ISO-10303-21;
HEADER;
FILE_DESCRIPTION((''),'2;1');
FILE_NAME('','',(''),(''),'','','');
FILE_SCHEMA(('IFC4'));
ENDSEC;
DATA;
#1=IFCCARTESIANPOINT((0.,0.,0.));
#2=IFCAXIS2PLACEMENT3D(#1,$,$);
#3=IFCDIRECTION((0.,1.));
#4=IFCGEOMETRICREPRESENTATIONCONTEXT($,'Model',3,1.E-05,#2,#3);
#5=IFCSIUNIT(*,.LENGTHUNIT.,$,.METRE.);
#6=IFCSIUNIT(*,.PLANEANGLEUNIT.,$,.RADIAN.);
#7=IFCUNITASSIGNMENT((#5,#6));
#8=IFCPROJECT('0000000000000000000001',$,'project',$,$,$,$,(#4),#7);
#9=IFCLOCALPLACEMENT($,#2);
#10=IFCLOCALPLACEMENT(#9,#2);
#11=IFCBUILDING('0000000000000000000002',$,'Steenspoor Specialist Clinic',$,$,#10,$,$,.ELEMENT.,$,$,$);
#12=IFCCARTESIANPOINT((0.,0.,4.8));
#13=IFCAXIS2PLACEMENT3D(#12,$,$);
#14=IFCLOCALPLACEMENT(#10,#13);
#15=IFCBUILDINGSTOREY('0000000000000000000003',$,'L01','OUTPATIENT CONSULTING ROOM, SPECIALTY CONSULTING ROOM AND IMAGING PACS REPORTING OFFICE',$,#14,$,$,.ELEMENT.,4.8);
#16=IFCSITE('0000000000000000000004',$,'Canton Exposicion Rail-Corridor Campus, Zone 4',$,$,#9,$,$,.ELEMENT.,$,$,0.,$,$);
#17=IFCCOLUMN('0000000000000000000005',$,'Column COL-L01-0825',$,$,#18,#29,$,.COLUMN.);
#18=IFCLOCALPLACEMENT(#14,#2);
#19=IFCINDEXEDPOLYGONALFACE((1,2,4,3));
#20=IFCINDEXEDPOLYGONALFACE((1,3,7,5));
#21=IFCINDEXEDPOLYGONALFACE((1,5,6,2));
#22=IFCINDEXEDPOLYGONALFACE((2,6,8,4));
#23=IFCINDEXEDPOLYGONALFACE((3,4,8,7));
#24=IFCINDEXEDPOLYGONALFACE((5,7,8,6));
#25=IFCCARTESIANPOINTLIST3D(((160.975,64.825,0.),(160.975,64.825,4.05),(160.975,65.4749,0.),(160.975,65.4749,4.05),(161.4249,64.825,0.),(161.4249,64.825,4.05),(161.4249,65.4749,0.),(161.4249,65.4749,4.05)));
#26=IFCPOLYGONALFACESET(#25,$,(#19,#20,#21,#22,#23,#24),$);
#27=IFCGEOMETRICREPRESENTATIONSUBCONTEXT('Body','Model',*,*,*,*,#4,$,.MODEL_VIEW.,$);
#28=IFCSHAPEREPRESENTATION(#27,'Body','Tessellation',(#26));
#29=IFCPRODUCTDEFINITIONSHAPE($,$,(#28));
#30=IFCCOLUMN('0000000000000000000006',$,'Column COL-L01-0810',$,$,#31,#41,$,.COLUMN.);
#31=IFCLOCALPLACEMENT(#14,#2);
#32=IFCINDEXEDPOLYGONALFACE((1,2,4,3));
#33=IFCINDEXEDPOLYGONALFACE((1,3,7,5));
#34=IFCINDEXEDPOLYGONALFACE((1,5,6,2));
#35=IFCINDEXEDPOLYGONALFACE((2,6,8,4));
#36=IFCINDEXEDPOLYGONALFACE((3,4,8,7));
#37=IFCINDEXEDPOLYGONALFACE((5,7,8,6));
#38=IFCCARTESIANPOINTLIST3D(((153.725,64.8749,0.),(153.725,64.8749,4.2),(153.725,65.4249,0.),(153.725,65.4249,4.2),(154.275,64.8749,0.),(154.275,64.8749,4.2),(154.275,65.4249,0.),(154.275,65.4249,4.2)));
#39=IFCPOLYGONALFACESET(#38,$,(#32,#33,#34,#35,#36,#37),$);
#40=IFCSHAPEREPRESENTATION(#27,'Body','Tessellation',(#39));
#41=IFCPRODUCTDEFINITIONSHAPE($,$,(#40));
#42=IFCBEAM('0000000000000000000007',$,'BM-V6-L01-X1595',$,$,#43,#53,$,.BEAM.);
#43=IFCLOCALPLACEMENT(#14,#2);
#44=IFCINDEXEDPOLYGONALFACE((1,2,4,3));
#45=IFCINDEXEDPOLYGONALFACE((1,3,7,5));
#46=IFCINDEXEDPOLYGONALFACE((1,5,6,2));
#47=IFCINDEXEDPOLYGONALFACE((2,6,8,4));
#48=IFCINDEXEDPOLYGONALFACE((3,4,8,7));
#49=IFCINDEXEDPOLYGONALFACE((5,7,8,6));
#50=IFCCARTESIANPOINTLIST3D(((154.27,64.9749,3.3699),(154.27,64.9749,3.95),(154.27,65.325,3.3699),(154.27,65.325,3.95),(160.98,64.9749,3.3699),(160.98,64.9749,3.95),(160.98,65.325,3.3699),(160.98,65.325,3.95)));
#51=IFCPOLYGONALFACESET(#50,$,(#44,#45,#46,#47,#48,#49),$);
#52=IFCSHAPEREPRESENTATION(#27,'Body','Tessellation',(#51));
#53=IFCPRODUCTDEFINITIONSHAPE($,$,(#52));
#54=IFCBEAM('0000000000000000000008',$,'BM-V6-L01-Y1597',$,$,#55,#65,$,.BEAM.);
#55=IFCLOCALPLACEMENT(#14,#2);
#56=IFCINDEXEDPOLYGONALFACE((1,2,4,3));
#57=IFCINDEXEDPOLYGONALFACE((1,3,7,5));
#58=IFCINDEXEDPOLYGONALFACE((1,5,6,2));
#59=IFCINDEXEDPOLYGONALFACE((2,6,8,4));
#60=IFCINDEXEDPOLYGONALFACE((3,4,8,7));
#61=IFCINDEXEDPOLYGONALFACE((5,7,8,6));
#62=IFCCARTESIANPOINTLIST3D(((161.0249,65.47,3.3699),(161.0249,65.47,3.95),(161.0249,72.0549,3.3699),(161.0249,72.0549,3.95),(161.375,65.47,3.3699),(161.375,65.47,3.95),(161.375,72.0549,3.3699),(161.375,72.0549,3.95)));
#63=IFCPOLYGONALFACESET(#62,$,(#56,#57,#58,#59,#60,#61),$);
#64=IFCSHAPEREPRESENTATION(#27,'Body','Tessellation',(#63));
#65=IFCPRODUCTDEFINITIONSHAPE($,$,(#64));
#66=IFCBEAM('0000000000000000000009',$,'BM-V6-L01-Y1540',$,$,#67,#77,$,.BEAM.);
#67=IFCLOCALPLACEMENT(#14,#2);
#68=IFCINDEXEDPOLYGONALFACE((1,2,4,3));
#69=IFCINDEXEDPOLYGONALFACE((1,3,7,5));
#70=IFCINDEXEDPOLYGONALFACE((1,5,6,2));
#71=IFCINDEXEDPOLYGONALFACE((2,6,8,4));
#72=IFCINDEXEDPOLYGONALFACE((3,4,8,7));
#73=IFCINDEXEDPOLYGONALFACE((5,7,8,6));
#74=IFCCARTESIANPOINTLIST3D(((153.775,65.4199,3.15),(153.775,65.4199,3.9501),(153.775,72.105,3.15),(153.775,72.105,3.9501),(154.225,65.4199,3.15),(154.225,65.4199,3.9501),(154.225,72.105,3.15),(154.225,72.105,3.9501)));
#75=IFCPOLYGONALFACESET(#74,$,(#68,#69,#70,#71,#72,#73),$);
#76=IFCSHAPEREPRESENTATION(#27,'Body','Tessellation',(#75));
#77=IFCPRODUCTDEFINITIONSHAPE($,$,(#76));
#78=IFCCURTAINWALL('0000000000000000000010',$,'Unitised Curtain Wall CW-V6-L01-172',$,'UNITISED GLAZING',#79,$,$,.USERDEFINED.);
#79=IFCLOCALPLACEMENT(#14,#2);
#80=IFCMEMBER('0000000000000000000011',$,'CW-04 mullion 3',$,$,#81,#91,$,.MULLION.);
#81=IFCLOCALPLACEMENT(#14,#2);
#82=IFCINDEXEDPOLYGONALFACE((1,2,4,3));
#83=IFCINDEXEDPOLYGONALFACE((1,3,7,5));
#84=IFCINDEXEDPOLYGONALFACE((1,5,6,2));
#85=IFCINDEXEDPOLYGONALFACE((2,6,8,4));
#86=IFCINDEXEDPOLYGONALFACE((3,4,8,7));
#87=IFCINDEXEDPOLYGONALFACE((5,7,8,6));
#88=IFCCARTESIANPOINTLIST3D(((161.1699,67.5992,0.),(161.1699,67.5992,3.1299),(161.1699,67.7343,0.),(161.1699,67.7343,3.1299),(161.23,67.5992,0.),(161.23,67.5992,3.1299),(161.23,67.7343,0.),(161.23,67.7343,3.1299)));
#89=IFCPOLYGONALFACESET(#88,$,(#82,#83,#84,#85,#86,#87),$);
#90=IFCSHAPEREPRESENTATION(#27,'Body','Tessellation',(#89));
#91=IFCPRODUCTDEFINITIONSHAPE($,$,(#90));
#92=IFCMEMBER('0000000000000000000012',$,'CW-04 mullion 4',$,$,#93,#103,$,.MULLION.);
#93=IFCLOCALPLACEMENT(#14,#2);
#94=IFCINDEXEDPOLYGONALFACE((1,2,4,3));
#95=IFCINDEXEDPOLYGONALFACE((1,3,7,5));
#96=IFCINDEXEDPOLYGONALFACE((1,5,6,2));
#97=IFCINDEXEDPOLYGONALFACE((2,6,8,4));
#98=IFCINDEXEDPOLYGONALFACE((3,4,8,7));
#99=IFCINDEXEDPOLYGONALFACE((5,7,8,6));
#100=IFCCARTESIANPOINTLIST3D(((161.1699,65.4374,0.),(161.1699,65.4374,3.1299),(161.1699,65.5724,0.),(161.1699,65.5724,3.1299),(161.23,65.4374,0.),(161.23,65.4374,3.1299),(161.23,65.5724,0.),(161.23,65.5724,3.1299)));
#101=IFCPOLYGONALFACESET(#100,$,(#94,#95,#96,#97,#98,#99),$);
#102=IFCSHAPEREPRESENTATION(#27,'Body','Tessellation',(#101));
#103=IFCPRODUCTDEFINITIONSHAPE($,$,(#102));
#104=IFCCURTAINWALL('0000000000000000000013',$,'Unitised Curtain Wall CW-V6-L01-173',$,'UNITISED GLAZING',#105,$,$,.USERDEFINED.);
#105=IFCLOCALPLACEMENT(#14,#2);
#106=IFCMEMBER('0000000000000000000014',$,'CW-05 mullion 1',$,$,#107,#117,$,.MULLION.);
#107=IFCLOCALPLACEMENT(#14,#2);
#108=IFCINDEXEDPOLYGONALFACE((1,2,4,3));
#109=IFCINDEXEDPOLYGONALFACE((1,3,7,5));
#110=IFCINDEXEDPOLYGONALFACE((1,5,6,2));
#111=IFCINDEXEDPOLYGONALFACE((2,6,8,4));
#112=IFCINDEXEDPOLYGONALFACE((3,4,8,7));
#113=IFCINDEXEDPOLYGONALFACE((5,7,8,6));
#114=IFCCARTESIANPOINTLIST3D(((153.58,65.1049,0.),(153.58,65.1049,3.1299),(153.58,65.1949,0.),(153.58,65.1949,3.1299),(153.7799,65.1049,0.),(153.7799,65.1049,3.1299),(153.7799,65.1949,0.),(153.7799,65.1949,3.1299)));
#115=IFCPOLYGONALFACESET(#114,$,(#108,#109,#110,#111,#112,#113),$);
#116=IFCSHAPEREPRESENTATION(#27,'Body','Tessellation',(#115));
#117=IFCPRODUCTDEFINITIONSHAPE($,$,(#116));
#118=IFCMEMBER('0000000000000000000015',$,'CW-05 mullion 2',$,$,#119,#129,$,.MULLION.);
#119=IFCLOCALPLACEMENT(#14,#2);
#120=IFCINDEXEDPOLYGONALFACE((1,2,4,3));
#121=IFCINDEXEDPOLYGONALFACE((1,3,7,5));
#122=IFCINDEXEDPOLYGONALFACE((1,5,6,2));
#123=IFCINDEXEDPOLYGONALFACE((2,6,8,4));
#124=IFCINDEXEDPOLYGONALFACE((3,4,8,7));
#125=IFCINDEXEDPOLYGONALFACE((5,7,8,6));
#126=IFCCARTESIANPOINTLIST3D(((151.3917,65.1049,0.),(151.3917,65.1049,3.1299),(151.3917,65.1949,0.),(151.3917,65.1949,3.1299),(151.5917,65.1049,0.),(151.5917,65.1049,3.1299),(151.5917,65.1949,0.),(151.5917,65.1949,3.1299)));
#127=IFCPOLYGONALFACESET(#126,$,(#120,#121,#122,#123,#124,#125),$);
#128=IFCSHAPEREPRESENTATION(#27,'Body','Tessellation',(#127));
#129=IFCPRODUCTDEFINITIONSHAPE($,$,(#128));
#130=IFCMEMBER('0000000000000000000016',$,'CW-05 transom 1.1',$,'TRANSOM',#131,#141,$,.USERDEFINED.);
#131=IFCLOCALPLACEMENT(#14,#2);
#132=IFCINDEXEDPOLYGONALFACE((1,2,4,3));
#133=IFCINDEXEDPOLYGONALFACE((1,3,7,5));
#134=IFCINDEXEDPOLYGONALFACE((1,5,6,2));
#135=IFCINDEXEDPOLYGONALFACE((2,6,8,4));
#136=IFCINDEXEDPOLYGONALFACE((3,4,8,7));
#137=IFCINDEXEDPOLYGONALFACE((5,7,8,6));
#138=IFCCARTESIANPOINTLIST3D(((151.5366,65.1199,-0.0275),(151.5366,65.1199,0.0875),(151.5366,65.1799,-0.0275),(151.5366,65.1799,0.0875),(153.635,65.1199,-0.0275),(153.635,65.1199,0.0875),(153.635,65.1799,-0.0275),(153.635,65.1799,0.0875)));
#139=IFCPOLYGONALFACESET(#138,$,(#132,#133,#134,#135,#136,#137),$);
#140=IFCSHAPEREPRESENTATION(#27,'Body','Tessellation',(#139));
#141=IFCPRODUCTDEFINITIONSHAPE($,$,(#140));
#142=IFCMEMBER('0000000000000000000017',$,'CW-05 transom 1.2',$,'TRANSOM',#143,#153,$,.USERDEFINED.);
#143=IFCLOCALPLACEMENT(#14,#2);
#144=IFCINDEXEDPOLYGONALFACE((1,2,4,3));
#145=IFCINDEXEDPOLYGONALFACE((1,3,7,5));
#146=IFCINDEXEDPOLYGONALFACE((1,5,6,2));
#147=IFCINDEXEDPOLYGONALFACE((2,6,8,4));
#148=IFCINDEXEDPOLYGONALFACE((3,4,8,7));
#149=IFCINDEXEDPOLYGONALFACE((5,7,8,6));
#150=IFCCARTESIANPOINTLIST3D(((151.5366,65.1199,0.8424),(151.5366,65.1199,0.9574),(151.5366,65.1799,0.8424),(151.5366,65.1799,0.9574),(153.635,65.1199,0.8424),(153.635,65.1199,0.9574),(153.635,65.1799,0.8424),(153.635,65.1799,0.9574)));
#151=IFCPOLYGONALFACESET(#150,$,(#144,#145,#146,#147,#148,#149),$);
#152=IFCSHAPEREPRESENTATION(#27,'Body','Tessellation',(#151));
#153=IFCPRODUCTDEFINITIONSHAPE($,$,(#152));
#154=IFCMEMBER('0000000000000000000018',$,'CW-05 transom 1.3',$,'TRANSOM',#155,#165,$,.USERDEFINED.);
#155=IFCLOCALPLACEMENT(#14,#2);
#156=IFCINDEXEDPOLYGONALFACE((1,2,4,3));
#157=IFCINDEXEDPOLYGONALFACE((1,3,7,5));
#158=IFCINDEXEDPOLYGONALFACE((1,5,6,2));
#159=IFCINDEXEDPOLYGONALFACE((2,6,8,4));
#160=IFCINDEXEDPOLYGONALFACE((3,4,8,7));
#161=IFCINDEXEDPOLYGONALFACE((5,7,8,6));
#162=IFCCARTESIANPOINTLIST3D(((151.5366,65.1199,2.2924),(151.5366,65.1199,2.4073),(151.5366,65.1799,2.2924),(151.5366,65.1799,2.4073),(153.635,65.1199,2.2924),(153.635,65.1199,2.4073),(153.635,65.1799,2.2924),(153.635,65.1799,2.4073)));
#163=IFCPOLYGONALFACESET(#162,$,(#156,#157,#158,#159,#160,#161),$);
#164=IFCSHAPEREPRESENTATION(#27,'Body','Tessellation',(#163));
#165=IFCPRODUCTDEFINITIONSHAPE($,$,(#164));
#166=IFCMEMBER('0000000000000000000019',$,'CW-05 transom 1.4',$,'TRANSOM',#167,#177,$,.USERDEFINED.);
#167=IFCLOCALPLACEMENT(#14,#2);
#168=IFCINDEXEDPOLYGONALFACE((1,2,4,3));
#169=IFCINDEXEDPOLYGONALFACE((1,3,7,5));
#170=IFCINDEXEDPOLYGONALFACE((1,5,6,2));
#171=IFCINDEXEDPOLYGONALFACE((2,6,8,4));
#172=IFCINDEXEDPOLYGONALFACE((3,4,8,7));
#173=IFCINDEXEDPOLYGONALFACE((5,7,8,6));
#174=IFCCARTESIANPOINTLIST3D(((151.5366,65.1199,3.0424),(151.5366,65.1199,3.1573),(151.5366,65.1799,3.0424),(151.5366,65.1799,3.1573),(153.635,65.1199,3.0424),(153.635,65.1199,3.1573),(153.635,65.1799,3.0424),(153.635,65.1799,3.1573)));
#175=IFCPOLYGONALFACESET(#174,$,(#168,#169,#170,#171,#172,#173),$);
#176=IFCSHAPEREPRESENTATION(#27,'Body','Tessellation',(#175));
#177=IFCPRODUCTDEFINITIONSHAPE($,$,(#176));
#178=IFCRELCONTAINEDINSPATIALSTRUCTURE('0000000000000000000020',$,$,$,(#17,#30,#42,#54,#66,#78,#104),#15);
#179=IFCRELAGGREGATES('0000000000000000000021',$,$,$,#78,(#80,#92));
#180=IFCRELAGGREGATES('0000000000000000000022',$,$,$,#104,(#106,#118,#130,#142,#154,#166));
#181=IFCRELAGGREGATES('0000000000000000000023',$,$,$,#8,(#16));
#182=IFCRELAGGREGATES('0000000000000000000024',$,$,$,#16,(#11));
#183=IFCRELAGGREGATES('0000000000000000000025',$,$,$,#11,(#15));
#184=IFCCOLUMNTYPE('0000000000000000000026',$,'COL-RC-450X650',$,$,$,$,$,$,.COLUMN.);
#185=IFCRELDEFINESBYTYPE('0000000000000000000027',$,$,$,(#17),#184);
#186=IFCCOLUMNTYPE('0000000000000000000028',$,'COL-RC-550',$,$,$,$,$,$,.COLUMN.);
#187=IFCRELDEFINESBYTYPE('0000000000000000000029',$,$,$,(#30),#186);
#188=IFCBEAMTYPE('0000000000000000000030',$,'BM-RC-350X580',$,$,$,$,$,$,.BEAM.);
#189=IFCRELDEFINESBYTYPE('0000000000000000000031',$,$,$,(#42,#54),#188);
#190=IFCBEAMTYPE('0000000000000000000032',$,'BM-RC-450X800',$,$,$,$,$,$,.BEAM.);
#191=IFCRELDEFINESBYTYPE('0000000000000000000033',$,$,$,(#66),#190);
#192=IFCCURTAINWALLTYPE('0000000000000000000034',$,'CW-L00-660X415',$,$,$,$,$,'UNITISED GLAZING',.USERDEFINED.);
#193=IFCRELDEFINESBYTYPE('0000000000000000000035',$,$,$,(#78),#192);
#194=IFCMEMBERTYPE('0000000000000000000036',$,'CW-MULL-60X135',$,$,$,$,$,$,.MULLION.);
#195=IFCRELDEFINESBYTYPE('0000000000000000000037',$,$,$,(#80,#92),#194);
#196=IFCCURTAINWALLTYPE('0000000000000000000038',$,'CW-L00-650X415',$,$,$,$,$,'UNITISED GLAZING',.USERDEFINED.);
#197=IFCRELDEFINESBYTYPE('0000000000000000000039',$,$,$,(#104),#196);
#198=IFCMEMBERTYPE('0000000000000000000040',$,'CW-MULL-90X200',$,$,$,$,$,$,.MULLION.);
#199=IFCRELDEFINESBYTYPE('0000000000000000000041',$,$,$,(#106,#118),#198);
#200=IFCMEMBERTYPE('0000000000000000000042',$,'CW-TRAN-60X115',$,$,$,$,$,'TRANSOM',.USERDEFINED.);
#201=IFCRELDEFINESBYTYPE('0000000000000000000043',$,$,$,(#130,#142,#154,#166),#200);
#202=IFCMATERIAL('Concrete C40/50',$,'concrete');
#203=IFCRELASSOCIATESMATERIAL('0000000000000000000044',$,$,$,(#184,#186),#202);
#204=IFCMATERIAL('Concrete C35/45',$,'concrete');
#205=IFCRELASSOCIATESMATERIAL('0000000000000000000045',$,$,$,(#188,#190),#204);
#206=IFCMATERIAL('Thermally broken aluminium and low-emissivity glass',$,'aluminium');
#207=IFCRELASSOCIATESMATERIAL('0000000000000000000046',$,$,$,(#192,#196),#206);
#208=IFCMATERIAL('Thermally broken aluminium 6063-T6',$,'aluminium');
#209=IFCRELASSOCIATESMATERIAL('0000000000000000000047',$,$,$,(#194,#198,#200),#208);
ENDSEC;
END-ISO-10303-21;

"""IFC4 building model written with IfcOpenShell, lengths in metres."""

from ifc_helpers import new_model, si_unit, direction, frame, origin, origin_2d, place, context, subcontext, project, spatial, rectangle, extrude, material, material_profile, profile_set, type_object, element, aggregate, save


model = new_model("IFC4")

# Units and contexts
model_context = context("Model", 3, precision=1e-05, world=origin(), true_north=direction((0.0, 1.0)))
body_context = subcontext(model_context, "Body", "Model", "MODEL_VIEW")
ifc_project = project(units=[si_unit("LENGTHUNIT", "METRE"), si_unit("PLANEANGLEUNIT", "RADIAN")], contexts=[model_context])

# Site, building, storey
site_placement = place(None, origin())
site = spatial("IfcSite", under=ifc_project, at=site_placement, Name="Canton Exposicion Rail-Corridor Campus, Zone 4", CompositionType="ELEMENT", RefElevation=0.0)
building_placement = place(site_placement, origin())
building = spatial("IfcBuilding", under=site, at=building_placement, Name="Steenspoor Specialist Clinic", CompositionType="ELEMENT")
storey_placement = place(building_placement, frame((0.0, 0.0, 4.8)))
storey = spatial("IfcBuildingStorey", under=building, at=storey_placement, Name="L01", Description="OUTPATIENT CONSULTING ROOM, SPECIALTY CONSULTING ROOM AND IMAGING PACS REPORTING OFFICE", CompositionType="ELEMENT", Elevation=4.8)

# Columns
ifc_material_1 = material(Name="Concrete C40/50", Category="concrete")
ifc_material_profile_1 = material_profile(ifc_material_1, rectangle(XDim=0.45, YDim=0.6499, at=origin_2d()), Name="RC-COL-450X650")
ifc_profile_set_1 = profile_set([ifc_material_profile_1], Name="Concrete C40/50")
column_type_1 = type_object("IfcColumnType", Name="COL-RC-450X650", PredefinedType="COLUMN", material=ifc_profile_set_1)
column_1_placement = place(storey_placement, frame((161.2, 65.1499, 0.0), z_axis=(0.0, 0.0, 1.0), x_axis=(1.0, 0.0, 0.0)))
element("IfcColumn", 1, at=column_1_placement, inside=storey, type_object=column_type_1, Name="Column COL-L01-0825", PredefinedType="COLUMN", context=body_context, shape_type="SweptSolid", body=[
    extrude(rectangle(XDim=0.45, YDim=0.6499, at=origin_2d()), origin(), (0.0, 0.0, 1.0), 4.05),
])
ifc_material_profile_2 = material_profile(ifc_material_1, rectangle(XDim=0.55, YDim=0.55, at=origin_2d()), Name="RC-COL-550X550")
ifc_profile_set_2 = profile_set([ifc_material_profile_2], Name="Concrete C40/50")
column_type_2 = type_object("IfcColumnType", Name="COL-RC-550", PredefinedType="COLUMN", material=ifc_profile_set_2)
column_2_placement = place(storey_placement, frame((154.0, 65.1499, 0.0), z_axis=(0.0, 0.0, 1.0), x_axis=(1.0, 0.0, 0.0)))
element("IfcColumn", 2, at=column_2_placement, inside=storey, type_object=column_type_2, Name="Column COL-L01-0810", PredefinedType="COLUMN", context=body_context, shape_type="SweptSolid", body=[
    extrude(rectangle(XDim=0.55, YDim=0.55, at=origin_2d()), origin(), (0.0, 0.0, 1.0), 4.2),
])

# Beams
ifc_material_2 = material(Name="Concrete C35/45", Category="concrete")
ifc_material_profile_3 = material_profile(ifc_material_2, rectangle(XDim=0.3501, YDim=0.5801, at=origin_2d()), Name="RC-BM-350X580")
ifc_profile_set_3 = profile_set([ifc_material_profile_3], Name="Concrete C35/45")
beam_type_1 = type_object("IfcBeamType", Name="BM-RC-350X580", PredefinedType="BEAM", material=ifc_profile_set_3)
beam_1_placement = place(storey_placement, frame((154.27, 65.1499, 3.6599), z_axis=(1.0, 0.0, 0.0), x_axis=(0.0, 1.0, 0.0)))
element("IfcBeam", 3, at=beam_1_placement, inside=storey, type_object=beam_type_1, Name="BM-V6-L01-X1595", PredefinedType="BEAM", context=body_context, shape_type="SweptSolid", body=[
    extrude(rectangle(XDim=0.3501, YDim=0.5801, at=origin_2d()), origin(), (0.0, 0.0, 1.0), 6.71),
])
beam_2_placement = place(storey_placement, frame((161.2, 65.47, 3.6599), z_axis=(0.0, 1.0, 0.0), x_axis=(-1.0, 0.0, 0.0)))
element("IfcBeam", 4, at=beam_2_placement, inside=storey, type_object=beam_type_1, Name="BM-V6-L01-Y1597", PredefinedType="BEAM", context=body_context, shape_type="SweptSolid", body=[
    extrude(rectangle(XDim=0.3501, YDim=0.5801, at=origin_2d()), origin(), (0.0, 0.0, 1.0), 6.585),
])
ifc_material_profile_4 = material_profile(ifc_material_2, rectangle(XDim=0.45, YDim=0.8, at=origin_2d()), Name="RC-BM-450X800")
ifc_profile_set_4 = profile_set([ifc_material_profile_4], Name="Concrete C35/45")
beam_type_2 = type_object("IfcBeamType", Name="BM-RC-450X800", PredefinedType="BEAM", material=ifc_profile_set_4)
beam_3_placement = place(storey_placement, frame((154.0, 65.4199, 3.55), z_axis=(0.0, 1.0, 0.0), x_axis=(-1.0, 0.0, 0.0)))
element("IfcBeam", 5, at=beam_3_placement, inside=storey, type_object=beam_type_2, Name="BM-V6-L01-Y1540", PredefinedType="BEAM", context=body_context, shape_type="SweptSolid", body=[
    extrude(rectangle(XDim=0.45, YDim=0.8, at=origin_2d()), origin(), (0.0, 0.0, 1.0), 6.6851),
])

# Curtain walls, members
ifc_material_3 = material(Name="Thermally broken aluminium and low-emissivity glass", Category="aluminium")
curtain_wall_type_1 = type_object("IfcCurtainWallType", Name="CW-L00-660X415", ElementType="UNITISED GLAZING", PredefinedType="USERDEFINED", material=ifc_material_3)
curtain_wall_1_placement = place(storey_placement, origin())
curtain_wall_1 = element("IfcCurtainWall", 6, at=curtain_wall_1_placement, inside=storey, type_object=curtain_wall_type_1, Name="Unitised Curtain Wall CW-V6-L01-172", ObjectType="UNITISED GLAZING", PredefinedType="USERDEFINED")
ifc_material_4 = material(Name="Thermally broken aluminium 6063-T6", Category="aluminium")
ifc_material_profile_5 = material_profile(ifc_material_4, rectangle(XDim=0.0601, YDim=0.135, at=origin_2d()), Name="CWM-60X135")
ifc_profile_set_5 = profile_set([ifc_material_profile_5], Name="Thermally broken aluminium 6063-T6")
member_type_1 = type_object("IfcMemberType", Name="CW-MULL-60X135", PredefinedType="MULLION", material=ifc_profile_set_5)
member_1_placement = place(storey_placement, frame((161.2, 67.6667, 0.0), z_axis=(0.0, 0.0, 1.0), x_axis=(1.0, 0.0, 0.0)))
member_1 = element("IfcMember", 7, at=member_1_placement, type_object=member_type_1, Name="CW-04 mullion 3", PredefinedType="MULLION", context=body_context, shape_type="SweptSolid", body=[
    extrude(rectangle(XDim=0.0601, YDim=0.135, at=origin_2d()), origin(), (0.0, 0.0, 1.0), 3.1299),
])
member_2_placement = place(storey_placement, frame((161.2, 65.5049, 0.0), z_axis=(0.0, 0.0, 1.0), x_axis=(1.0, 0.0, 0.0)))
member_2 = element("IfcMember", 8, at=member_2_placement, type_object=member_type_1, Name="CW-04 mullion 4", PredefinedType="MULLION", context=body_context, shape_type="SweptSolid", body=[
    extrude(rectangle(XDim=0.0601, YDim=0.135, at=origin_2d()), origin(), (0.0, 0.0, 1.0), 3.1299),
])
curtain_wall_type_2 = type_object("IfcCurtainWallType", Name="CW-L00-650X415", ElementType="UNITISED GLAZING", PredefinedType="USERDEFINED", material=ifc_material_3)
curtain_wall_2_placement = place(storey_placement, origin())
curtain_wall_2 = element("IfcCurtainWall", 9, at=curtain_wall_2_placement, inside=storey, type_object=curtain_wall_type_2, Name="Unitised Curtain Wall CW-V6-L01-173", ObjectType="UNITISED GLAZING", PredefinedType="USERDEFINED")
ifc_material_profile_6 = material_profile(ifc_material_4, rectangle(XDim=0.0901, YDim=0.2, at=origin_2d()), Name="CWM-90X200")
ifc_profile_set_6 = profile_set([ifc_material_profile_6], Name="Thermally broken aluminium 6063-T6")
member_type_2 = type_object("IfcMemberType", Name="CW-MULL-90X200", PredefinedType="MULLION", material=ifc_profile_set_6)
member_3_placement = place(storey_placement, frame((153.6799, 65.1499, 0.0), z_axis=(0.0, 0.0, 1.0), x_axis=(0.0, -1.0, 0.0)))
member_3 = element("IfcMember", 10, at=member_3_placement, type_object=member_type_2, Name="CW-05 mullion 1", PredefinedType="MULLION", context=body_context, shape_type="SweptSolid", body=[
    extrude(rectangle(XDim=0.0901, YDim=0.2, at=origin_2d()), origin(), (0.0, 0.0, 1.0), 3.1299),
])
member_4_placement = place(storey_placement, frame((151.4917, 65.1499, 0.0), z_axis=(0.0, 0.0, 1.0), x_axis=(0.0, -1.0, 0.0)))
member_4 = element("IfcMember", 11, at=member_4_placement, type_object=member_type_2, Name="CW-05 mullion 2", PredefinedType="MULLION", context=body_context, shape_type="SweptSolid", body=[
    extrude(rectangle(XDim=0.0901, YDim=0.2, at=origin_2d()), origin(), (0.0, 0.0, 1.0), 3.1299),
])
ifc_material_profile_7 = material_profile(ifc_material_4, rectangle(XDim=0.0601, YDim=0.115, at=origin_2d()), Name="CWT-60X115")
ifc_profile_set_7 = profile_set([ifc_material_profile_7], Name="Thermally broken aluminium 6063-T6")
member_type_3 = type_object("IfcMemberType", Name="CW-TRAN-60X115", ElementType="TRANSOM", PredefinedType="USERDEFINED", material=ifc_profile_set_7)
member_5_placement = place(storey_placement, frame((153.635, 65.1499, 0.03), z_axis=(-1.0, 0.0, 0.0), x_axis=(0.0, -1.0, 0.0)))
member_5 = element("IfcMember", 12, at=member_5_placement, type_object=member_type_3, Name="CW-05 transom 1.1", ObjectType="TRANSOM", PredefinedType="USERDEFINED", context=body_context, shape_type="SweptSolid", body=[
    extrude(rectangle(XDim=0.0601, YDim=0.115, at=origin_2d()), origin(), (0.0, 0.0, 1.0), 2.0984),
])
member_6_placement = place(storey_placement, frame((153.635, 65.1499, 0.8999), z_axis=(-1.0, 0.0, 0.0), x_axis=(0.0, -1.0, 0.0)))
member_6 = element("IfcMember", 13, at=member_6_placement, type_object=member_type_3, Name="CW-05 transom 1.2", ObjectType="TRANSOM", PredefinedType="USERDEFINED", context=body_context, shape_type="SweptSolid", body=[
    extrude(rectangle(XDim=0.0601, YDim=0.115, at=origin_2d()), origin(), (0.0, 0.0, 1.0), 2.0984),
])
member_7_placement = place(storey_placement, frame((153.635, 65.1499, 2.3499), z_axis=(-1.0, 0.0, 0.0), x_axis=(0.0, -1.0, 0.0)))
member_7 = element("IfcMember", 14, at=member_7_placement, type_object=member_type_3, Name="CW-05 transom 1.3", ObjectType="TRANSOM", PredefinedType="USERDEFINED", context=body_context, shape_type="SweptSolid", body=[
    extrude(rectangle(XDim=0.0601, YDim=0.115, at=origin_2d()), origin(), (0.0, 0.0, 1.0), 2.0984),
])
member_8_placement = place(storey_placement, frame((153.635, 65.1499, 3.0999), z_axis=(-1.0, 0.0, 0.0), x_axis=(0.0, -1.0, 0.0)))
member_8 = element("IfcMember", 15, at=member_8_placement, type_object=member_type_3, Name="CW-05 transom 1.4", ObjectType="TRANSOM", PredefinedType="USERDEFINED", context=body_context, shape_type="SweptSolid", body=[
    extrude(rectangle(XDim=0.0601, YDim=0.115, at=origin_2d()), origin(), (0.0, 0.0, 1.0), 2.0984),
])

aggregate(curtain_wall_1, [member_1, member_2])
aggregate(curtain_wall_2, [member_3, member_4, member_5, member_6, member_7, member_8])

save(model, "model.ifc")
